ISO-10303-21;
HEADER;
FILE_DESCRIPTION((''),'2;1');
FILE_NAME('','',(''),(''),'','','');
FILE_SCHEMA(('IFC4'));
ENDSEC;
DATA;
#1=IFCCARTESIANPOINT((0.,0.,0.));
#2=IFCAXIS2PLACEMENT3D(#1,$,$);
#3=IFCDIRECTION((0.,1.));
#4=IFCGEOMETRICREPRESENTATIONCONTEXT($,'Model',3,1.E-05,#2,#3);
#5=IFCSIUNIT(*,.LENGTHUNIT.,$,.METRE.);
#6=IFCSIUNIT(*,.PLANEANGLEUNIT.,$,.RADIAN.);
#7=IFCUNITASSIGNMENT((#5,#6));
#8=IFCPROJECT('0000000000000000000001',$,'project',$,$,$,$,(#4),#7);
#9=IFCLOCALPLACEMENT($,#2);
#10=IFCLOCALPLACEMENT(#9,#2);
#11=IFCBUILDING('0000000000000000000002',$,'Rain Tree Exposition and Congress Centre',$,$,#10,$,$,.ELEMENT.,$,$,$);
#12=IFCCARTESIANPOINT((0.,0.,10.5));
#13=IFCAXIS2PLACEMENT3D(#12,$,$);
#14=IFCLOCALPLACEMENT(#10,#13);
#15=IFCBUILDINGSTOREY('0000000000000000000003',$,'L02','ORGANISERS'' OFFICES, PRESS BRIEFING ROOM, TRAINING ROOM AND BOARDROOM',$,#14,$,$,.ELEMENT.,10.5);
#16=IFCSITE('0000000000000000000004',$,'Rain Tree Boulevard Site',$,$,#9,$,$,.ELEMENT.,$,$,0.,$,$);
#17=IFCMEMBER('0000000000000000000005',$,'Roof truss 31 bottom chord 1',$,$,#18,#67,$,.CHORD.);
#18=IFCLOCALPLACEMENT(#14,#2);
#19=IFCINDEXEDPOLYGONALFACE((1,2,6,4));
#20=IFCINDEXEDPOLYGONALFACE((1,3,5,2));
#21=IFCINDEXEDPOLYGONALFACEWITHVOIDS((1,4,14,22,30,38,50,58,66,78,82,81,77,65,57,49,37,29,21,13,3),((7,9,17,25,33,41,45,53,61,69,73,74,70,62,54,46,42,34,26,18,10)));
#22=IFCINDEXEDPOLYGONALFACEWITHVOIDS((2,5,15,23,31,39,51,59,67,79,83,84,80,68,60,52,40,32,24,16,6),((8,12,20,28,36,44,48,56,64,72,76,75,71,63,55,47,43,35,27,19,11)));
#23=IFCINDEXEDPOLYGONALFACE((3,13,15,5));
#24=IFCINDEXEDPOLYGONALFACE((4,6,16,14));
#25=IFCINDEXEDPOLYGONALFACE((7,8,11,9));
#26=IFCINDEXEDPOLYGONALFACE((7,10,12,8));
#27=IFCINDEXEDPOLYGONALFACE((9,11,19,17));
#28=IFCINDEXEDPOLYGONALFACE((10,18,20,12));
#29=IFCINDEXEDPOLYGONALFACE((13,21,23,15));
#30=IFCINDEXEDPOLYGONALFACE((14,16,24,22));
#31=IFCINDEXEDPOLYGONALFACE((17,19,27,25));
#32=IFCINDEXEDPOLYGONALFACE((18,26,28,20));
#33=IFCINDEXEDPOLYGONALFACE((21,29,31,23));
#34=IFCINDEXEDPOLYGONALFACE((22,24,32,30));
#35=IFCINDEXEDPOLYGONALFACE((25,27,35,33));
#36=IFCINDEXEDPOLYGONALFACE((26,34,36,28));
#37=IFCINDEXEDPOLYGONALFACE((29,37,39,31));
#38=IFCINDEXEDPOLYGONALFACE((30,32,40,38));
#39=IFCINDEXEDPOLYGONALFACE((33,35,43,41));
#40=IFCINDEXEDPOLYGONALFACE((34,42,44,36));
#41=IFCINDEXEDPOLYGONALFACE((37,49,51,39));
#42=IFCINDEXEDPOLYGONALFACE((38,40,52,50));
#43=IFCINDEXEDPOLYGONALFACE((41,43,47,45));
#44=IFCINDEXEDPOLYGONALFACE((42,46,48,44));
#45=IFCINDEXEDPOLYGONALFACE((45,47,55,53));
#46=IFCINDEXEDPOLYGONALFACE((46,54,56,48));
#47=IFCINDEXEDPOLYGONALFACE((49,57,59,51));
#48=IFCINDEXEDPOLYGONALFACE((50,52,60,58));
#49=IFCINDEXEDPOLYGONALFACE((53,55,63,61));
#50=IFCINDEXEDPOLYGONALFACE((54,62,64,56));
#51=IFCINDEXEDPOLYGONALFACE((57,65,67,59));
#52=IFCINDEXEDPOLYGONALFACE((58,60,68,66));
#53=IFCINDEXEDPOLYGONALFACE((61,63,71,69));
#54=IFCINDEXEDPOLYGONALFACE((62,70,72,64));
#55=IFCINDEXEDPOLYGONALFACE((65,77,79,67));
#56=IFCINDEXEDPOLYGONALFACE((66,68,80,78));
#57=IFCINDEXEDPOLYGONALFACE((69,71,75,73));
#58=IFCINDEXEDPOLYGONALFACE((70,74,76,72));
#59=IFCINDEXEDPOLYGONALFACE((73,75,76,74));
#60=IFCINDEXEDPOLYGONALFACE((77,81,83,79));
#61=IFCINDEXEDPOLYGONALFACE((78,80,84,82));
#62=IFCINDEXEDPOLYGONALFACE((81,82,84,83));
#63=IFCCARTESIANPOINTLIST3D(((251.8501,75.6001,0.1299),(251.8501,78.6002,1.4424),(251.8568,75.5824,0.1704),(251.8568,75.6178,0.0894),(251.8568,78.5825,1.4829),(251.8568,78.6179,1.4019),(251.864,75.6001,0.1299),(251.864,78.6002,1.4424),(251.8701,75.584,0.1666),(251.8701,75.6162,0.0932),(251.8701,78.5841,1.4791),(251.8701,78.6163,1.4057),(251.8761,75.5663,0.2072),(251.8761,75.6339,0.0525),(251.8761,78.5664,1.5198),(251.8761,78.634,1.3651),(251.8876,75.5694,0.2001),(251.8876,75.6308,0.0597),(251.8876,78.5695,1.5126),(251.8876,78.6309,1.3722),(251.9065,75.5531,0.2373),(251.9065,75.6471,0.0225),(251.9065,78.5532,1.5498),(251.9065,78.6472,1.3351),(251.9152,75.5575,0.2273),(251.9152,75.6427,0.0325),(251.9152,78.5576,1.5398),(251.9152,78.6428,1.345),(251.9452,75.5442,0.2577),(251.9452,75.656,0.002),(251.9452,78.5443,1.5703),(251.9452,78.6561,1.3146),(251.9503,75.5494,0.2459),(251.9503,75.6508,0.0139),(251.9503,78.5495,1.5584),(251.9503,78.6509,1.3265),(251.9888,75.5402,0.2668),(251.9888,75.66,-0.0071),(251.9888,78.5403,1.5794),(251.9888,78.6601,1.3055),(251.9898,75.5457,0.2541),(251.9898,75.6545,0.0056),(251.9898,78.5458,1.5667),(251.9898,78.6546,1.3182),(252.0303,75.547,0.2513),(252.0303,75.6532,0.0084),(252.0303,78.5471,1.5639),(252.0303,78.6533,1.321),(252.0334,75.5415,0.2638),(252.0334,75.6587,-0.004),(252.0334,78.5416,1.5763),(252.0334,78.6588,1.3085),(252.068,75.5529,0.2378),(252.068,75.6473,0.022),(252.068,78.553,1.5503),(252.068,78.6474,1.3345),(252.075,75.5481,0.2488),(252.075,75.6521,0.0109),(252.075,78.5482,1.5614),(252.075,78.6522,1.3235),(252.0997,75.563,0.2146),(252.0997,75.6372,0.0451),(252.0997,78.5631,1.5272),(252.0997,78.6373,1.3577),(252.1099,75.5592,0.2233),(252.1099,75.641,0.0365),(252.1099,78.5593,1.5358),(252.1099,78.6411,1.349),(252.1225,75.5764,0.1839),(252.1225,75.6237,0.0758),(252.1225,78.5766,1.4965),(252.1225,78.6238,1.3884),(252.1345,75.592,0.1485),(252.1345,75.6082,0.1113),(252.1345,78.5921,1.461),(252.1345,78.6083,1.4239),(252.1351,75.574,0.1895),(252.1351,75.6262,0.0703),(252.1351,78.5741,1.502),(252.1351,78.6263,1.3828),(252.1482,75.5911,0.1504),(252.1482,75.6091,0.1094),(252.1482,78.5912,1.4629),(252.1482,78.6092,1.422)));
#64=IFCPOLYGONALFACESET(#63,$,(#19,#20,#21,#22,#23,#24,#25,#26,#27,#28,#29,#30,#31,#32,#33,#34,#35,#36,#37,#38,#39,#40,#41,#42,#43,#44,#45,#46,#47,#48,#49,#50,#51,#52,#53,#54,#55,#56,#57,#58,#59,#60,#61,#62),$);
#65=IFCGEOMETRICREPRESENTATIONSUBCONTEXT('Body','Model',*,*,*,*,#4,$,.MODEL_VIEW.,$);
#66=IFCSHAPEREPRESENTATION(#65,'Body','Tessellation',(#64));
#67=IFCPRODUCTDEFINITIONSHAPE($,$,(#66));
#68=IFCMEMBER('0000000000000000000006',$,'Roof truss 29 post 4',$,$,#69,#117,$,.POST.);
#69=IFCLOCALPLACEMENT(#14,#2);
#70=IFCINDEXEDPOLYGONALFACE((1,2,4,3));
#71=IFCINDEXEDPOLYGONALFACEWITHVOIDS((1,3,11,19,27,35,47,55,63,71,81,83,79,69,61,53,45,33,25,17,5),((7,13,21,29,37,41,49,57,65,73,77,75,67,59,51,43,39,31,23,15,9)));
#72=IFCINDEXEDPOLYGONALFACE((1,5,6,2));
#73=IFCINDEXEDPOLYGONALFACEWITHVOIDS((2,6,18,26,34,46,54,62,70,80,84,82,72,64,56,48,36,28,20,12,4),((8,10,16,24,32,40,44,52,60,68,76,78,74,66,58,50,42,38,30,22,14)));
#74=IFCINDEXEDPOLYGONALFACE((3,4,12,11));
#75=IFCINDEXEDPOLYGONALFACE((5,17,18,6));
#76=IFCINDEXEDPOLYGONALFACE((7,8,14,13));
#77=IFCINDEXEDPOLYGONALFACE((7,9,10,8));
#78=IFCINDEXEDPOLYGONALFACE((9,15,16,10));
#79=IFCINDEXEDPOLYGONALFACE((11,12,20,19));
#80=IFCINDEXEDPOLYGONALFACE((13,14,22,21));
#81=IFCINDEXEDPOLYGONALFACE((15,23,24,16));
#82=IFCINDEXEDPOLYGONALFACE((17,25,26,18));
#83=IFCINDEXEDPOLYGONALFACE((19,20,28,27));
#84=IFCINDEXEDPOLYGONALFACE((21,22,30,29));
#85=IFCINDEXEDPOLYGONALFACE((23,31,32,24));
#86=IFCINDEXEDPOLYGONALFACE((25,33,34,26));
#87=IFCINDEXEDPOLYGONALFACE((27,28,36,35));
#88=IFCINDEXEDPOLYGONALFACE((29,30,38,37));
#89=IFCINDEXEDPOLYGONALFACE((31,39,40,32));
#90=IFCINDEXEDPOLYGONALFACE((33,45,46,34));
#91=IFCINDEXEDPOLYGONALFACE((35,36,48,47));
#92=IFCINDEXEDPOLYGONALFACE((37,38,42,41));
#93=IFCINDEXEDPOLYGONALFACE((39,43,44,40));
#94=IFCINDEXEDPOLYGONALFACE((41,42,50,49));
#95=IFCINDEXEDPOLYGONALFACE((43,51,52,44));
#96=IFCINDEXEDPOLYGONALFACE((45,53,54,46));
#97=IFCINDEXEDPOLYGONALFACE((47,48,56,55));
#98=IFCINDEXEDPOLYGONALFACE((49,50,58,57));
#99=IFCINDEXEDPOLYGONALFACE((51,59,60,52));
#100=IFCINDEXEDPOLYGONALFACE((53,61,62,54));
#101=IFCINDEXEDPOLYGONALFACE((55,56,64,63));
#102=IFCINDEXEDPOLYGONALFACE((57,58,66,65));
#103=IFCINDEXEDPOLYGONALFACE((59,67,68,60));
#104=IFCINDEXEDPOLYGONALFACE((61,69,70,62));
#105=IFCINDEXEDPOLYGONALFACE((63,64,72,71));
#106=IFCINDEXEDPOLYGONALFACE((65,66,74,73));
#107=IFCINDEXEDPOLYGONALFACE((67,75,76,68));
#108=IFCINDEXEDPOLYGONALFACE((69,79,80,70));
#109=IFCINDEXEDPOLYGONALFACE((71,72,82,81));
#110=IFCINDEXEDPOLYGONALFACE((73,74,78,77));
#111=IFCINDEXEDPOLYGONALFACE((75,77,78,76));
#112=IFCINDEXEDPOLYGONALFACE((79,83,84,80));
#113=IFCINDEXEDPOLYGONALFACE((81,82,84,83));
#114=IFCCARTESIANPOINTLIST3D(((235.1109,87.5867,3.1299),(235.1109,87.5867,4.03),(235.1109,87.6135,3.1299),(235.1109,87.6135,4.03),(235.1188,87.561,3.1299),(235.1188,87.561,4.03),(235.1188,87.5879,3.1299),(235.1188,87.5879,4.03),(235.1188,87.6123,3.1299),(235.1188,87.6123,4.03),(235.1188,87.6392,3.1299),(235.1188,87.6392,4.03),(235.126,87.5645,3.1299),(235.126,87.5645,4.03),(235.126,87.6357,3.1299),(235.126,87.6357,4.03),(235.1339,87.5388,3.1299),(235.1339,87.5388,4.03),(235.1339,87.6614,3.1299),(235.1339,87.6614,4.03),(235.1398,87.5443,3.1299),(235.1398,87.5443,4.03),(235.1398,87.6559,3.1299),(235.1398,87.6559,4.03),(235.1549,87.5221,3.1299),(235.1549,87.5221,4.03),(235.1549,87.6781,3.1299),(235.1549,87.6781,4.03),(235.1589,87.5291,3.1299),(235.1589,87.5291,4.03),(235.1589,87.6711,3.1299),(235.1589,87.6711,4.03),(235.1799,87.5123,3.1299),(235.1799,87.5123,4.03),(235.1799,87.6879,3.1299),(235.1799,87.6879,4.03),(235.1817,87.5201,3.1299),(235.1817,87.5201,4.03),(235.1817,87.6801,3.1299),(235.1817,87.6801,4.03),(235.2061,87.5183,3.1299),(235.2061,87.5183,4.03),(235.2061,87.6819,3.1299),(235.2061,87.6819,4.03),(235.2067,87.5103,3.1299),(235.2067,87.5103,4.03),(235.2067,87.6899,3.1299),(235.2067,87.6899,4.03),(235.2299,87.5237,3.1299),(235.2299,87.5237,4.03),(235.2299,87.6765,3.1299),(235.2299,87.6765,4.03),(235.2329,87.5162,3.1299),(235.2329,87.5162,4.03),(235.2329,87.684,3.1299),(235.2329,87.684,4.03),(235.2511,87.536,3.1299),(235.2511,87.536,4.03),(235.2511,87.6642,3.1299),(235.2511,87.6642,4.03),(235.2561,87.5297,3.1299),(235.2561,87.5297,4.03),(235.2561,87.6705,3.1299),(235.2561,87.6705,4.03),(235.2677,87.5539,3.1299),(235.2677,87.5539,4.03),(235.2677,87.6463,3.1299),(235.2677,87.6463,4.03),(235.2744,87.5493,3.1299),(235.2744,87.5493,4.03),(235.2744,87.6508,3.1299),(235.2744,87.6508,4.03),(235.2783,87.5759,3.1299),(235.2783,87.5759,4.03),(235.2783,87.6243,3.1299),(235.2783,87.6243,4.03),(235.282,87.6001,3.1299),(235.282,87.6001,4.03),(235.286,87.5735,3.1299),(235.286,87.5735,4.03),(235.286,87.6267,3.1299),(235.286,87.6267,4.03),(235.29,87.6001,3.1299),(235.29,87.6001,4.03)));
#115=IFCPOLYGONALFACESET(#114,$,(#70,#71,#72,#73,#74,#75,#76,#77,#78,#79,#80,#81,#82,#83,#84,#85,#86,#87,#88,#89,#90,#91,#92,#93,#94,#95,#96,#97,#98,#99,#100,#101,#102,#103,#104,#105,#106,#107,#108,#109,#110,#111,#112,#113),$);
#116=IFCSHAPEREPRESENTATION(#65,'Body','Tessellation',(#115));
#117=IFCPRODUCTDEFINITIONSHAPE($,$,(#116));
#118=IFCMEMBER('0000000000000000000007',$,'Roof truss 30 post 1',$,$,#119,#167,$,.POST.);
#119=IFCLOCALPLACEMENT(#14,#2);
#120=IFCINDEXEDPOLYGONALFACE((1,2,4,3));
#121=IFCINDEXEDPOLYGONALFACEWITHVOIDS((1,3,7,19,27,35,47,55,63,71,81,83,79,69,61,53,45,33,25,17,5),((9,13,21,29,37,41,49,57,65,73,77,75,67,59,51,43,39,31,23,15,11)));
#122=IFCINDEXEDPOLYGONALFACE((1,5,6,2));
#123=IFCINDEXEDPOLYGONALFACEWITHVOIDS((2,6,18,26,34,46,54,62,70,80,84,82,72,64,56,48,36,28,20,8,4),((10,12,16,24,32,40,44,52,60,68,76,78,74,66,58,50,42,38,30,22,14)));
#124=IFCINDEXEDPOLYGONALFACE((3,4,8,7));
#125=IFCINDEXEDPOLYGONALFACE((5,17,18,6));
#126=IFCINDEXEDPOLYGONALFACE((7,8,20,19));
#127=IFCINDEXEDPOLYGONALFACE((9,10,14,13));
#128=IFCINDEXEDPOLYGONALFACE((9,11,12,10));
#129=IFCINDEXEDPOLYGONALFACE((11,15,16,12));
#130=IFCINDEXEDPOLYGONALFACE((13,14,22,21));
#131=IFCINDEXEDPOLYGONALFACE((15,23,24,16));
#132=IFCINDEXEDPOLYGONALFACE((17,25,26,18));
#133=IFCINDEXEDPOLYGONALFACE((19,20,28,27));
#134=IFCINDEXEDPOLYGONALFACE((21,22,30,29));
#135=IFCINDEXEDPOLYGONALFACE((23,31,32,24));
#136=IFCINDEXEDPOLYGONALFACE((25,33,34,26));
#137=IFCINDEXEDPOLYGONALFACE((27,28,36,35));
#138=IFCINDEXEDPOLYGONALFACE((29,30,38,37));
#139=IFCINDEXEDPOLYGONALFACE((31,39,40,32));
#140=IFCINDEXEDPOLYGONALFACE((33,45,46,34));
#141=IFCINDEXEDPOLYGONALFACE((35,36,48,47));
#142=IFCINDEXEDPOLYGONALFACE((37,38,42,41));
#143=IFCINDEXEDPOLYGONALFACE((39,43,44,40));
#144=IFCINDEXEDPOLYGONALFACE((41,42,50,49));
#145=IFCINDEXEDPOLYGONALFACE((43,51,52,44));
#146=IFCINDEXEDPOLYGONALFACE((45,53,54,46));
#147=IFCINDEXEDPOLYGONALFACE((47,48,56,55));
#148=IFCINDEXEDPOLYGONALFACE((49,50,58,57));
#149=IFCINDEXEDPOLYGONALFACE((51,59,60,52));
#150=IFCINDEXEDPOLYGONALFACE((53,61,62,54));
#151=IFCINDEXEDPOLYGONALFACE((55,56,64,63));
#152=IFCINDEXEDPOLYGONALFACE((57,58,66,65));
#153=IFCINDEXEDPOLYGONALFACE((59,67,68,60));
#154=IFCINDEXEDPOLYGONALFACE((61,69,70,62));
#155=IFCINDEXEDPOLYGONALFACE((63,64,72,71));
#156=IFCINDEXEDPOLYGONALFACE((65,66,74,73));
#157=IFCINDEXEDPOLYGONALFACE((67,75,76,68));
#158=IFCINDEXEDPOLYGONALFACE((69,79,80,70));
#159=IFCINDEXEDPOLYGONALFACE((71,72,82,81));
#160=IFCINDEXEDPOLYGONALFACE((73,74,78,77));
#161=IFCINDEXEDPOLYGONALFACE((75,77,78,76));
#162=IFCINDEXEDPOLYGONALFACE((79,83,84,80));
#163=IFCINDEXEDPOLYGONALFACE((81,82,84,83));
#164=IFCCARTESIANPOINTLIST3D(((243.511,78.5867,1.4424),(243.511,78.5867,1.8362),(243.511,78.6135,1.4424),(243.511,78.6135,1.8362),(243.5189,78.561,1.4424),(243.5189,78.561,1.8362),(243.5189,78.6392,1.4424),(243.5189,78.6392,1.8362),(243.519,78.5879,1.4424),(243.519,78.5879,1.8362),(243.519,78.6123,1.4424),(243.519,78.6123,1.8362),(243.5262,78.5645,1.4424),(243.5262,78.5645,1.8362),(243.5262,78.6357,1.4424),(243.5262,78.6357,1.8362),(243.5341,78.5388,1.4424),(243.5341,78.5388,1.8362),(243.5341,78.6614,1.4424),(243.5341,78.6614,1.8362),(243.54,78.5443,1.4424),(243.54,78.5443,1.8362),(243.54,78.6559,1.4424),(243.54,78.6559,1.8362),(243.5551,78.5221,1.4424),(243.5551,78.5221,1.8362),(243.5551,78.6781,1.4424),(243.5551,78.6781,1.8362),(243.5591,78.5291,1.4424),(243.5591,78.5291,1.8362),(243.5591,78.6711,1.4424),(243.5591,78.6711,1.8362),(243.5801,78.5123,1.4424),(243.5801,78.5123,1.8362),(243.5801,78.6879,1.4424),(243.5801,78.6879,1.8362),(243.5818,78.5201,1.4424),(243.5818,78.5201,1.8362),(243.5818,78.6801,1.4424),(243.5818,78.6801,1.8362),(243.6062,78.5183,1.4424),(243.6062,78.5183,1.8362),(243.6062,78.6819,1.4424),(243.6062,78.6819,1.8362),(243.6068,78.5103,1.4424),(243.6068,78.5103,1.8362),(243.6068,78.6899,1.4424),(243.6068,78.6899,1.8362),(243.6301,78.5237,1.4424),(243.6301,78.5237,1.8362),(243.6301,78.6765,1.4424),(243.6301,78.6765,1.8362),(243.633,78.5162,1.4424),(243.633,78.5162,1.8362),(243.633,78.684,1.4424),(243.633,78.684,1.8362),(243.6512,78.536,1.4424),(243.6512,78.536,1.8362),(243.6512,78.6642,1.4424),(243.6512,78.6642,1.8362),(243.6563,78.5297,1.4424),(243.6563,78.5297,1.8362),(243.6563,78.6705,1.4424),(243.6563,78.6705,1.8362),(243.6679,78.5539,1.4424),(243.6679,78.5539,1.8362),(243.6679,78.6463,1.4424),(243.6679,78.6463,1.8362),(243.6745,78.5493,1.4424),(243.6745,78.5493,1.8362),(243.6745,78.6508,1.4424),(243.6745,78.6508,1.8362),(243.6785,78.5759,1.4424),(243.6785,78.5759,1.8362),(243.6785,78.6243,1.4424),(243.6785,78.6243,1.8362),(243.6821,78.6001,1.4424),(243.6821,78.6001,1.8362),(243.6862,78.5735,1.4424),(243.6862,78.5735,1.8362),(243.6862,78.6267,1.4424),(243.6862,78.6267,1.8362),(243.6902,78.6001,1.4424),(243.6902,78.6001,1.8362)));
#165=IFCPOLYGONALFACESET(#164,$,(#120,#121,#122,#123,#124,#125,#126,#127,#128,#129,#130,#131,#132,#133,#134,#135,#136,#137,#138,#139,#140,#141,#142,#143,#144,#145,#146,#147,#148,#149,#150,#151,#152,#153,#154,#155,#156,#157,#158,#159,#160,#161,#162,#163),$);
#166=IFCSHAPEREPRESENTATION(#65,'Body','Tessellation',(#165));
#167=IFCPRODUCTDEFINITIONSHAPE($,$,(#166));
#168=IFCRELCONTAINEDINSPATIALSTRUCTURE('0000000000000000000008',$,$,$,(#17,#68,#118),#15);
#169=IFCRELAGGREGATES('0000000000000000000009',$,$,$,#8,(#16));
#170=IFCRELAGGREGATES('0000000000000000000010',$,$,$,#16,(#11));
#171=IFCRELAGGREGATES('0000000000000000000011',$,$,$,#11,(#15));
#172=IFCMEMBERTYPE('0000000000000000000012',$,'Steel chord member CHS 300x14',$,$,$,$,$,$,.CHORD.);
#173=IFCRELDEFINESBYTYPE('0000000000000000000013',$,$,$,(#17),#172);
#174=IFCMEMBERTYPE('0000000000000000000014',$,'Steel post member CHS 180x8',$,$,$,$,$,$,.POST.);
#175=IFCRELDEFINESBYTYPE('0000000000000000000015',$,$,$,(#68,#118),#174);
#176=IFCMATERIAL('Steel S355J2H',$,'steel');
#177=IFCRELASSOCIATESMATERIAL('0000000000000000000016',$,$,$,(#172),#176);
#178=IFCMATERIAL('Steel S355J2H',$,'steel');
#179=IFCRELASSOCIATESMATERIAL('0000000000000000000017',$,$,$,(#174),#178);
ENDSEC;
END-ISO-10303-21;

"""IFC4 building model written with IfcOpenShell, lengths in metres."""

from ifc_helpers import new_model, si_unit, direction, frame, origin, origin_2d, place, context, subcontext, project, spatial, hollow_circle, extrude, material, material_profile, profile_set, type_object, element, save


model = new_model("IFC4")

# Units and contexts
model_context = context("Model", 3, precision=1e-05, world=origin(), true_north=direction((0.0, 1.0)))
body_context = subcontext(model_context, "Body", "Model", "MODEL_VIEW")
ifc_project = project(units=[si_unit("LENGTHUNIT", "METRE"), si_unit("PLANEANGLEUNIT", "RADIAN")], contexts=[model_context])

# Site, building, storey
site_placement = place(None, origin())
site = spatial("IfcSite", under=ifc_project, at=site_placement, Name="Rain Tree Boulevard Site", CompositionType="ELEMENT", RefElevation=0.0)
building_placement = place(site_placement, origin())
building = spatial("IfcBuilding", under=site, at=building_placement, Name="Rain Tree Exposition and Congress Centre", CompositionType="ELEMENT")
storey_placement = place(building_placement, frame((0.0, 0.0, 10.5)))
storey = spatial("IfcBuildingStorey", under=building, at=storey_placement, Name="L02", Description="ORGANISERS' OFFICES, PRESS BRIEFING ROOM, TRAINING ROOM AND BOARDROOM", CompositionType="ELEMENT", Elevation=10.5)

# Members
ifc_material_1 = material(Name="Steel S355J2H", Category="steel")
ifc_material_profile_1 = material_profile(ifc_material_1, hollow_circle(Radius=0.1499, WallThickness=0.0139, at=origin_2d()), Name="CHS 300x14")
ifc_profile_set_1 = profile_set([ifc_material_profile_1], Name="Steel S355J2H")
member_type_1 = type_object("IfcMemberType", Name="Steel chord member CHS 300x14", PredefinedType="CHORD", material=ifc_profile_set_1)
member_1_placement = place(storey_placement, frame((252.0, 75.6001, 0.1299), z_axis=(0.0, 0.916157, 0.400819), x_axis=(-1.0, 0.0, 0.0)))
element("IfcMember", 1, at=member_1_placement, inside=storey, type_object=member_type_1, Name="Roof truss 31 bottom chord 1", PredefinedType="CHORD", context=body_context, shape_type="SweptSolid", body=[
    extrude(hollow_circle(Radius=0.1499, WallThickness=0.0139, at=origin_2d()), origin(), (0.0, 0.0, 1.0), 3.2747),
])
ifc_material_2 = material(Name="Steel S355J2H", Category="steel")
ifc_material_profile_2 = material_profile(ifc_material_2, hollow_circle(Radius=0.0901, WallThickness=0.0081, at=origin_2d()), Name="CHS 180x8")
ifc_profile_set_2 = profile_set([ifc_material_profile_2], Name="Steel S355J2H")
member_type_2 = type_object("IfcMemberType", Name="Steel post member CHS 180x8", PredefinedType="POST", material=ifc_profile_set_2)
member_2_placement = place(storey_placement, frame((235.2, 87.6001, 3.1299), z_axis=(0.0, 0.0, 1.0), x_axis=(1.0, 0.0, 0.0)))
element("IfcMember", 2, at=member_2_placement, inside=storey, type_object=member_type_2, Name="Roof truss 29 post 4", PredefinedType="POST", context=body_context, shape_type="SweptSolid", body=[
    extrude(hollow_circle(Radius=0.0901, WallThickness=0.0081, at=origin_2d()), origin(), (0.0, 0.0, 1.0), 0.9001),
])
member_3_placement = place(storey_placement, frame((243.6001, 78.6001, 1.4424), z_axis=(0.0, 0.0, 1.0), x_axis=(1.0, 0.0, 0.0)))
element("IfcMember", 3, at=member_3_placement, inside=storey, type_object=member_type_2, Name="Roof truss 30 post 1", PredefinedType="POST", context=body_context, shape_type="SweptSolid", body=[
    extrude(hollow_circle(Radius=0.0901, WallThickness=0.0081, at=origin_2d()), origin(), (0.0, 0.0, 1.0), 0.3938),
])

save(model, "model.ifc")
